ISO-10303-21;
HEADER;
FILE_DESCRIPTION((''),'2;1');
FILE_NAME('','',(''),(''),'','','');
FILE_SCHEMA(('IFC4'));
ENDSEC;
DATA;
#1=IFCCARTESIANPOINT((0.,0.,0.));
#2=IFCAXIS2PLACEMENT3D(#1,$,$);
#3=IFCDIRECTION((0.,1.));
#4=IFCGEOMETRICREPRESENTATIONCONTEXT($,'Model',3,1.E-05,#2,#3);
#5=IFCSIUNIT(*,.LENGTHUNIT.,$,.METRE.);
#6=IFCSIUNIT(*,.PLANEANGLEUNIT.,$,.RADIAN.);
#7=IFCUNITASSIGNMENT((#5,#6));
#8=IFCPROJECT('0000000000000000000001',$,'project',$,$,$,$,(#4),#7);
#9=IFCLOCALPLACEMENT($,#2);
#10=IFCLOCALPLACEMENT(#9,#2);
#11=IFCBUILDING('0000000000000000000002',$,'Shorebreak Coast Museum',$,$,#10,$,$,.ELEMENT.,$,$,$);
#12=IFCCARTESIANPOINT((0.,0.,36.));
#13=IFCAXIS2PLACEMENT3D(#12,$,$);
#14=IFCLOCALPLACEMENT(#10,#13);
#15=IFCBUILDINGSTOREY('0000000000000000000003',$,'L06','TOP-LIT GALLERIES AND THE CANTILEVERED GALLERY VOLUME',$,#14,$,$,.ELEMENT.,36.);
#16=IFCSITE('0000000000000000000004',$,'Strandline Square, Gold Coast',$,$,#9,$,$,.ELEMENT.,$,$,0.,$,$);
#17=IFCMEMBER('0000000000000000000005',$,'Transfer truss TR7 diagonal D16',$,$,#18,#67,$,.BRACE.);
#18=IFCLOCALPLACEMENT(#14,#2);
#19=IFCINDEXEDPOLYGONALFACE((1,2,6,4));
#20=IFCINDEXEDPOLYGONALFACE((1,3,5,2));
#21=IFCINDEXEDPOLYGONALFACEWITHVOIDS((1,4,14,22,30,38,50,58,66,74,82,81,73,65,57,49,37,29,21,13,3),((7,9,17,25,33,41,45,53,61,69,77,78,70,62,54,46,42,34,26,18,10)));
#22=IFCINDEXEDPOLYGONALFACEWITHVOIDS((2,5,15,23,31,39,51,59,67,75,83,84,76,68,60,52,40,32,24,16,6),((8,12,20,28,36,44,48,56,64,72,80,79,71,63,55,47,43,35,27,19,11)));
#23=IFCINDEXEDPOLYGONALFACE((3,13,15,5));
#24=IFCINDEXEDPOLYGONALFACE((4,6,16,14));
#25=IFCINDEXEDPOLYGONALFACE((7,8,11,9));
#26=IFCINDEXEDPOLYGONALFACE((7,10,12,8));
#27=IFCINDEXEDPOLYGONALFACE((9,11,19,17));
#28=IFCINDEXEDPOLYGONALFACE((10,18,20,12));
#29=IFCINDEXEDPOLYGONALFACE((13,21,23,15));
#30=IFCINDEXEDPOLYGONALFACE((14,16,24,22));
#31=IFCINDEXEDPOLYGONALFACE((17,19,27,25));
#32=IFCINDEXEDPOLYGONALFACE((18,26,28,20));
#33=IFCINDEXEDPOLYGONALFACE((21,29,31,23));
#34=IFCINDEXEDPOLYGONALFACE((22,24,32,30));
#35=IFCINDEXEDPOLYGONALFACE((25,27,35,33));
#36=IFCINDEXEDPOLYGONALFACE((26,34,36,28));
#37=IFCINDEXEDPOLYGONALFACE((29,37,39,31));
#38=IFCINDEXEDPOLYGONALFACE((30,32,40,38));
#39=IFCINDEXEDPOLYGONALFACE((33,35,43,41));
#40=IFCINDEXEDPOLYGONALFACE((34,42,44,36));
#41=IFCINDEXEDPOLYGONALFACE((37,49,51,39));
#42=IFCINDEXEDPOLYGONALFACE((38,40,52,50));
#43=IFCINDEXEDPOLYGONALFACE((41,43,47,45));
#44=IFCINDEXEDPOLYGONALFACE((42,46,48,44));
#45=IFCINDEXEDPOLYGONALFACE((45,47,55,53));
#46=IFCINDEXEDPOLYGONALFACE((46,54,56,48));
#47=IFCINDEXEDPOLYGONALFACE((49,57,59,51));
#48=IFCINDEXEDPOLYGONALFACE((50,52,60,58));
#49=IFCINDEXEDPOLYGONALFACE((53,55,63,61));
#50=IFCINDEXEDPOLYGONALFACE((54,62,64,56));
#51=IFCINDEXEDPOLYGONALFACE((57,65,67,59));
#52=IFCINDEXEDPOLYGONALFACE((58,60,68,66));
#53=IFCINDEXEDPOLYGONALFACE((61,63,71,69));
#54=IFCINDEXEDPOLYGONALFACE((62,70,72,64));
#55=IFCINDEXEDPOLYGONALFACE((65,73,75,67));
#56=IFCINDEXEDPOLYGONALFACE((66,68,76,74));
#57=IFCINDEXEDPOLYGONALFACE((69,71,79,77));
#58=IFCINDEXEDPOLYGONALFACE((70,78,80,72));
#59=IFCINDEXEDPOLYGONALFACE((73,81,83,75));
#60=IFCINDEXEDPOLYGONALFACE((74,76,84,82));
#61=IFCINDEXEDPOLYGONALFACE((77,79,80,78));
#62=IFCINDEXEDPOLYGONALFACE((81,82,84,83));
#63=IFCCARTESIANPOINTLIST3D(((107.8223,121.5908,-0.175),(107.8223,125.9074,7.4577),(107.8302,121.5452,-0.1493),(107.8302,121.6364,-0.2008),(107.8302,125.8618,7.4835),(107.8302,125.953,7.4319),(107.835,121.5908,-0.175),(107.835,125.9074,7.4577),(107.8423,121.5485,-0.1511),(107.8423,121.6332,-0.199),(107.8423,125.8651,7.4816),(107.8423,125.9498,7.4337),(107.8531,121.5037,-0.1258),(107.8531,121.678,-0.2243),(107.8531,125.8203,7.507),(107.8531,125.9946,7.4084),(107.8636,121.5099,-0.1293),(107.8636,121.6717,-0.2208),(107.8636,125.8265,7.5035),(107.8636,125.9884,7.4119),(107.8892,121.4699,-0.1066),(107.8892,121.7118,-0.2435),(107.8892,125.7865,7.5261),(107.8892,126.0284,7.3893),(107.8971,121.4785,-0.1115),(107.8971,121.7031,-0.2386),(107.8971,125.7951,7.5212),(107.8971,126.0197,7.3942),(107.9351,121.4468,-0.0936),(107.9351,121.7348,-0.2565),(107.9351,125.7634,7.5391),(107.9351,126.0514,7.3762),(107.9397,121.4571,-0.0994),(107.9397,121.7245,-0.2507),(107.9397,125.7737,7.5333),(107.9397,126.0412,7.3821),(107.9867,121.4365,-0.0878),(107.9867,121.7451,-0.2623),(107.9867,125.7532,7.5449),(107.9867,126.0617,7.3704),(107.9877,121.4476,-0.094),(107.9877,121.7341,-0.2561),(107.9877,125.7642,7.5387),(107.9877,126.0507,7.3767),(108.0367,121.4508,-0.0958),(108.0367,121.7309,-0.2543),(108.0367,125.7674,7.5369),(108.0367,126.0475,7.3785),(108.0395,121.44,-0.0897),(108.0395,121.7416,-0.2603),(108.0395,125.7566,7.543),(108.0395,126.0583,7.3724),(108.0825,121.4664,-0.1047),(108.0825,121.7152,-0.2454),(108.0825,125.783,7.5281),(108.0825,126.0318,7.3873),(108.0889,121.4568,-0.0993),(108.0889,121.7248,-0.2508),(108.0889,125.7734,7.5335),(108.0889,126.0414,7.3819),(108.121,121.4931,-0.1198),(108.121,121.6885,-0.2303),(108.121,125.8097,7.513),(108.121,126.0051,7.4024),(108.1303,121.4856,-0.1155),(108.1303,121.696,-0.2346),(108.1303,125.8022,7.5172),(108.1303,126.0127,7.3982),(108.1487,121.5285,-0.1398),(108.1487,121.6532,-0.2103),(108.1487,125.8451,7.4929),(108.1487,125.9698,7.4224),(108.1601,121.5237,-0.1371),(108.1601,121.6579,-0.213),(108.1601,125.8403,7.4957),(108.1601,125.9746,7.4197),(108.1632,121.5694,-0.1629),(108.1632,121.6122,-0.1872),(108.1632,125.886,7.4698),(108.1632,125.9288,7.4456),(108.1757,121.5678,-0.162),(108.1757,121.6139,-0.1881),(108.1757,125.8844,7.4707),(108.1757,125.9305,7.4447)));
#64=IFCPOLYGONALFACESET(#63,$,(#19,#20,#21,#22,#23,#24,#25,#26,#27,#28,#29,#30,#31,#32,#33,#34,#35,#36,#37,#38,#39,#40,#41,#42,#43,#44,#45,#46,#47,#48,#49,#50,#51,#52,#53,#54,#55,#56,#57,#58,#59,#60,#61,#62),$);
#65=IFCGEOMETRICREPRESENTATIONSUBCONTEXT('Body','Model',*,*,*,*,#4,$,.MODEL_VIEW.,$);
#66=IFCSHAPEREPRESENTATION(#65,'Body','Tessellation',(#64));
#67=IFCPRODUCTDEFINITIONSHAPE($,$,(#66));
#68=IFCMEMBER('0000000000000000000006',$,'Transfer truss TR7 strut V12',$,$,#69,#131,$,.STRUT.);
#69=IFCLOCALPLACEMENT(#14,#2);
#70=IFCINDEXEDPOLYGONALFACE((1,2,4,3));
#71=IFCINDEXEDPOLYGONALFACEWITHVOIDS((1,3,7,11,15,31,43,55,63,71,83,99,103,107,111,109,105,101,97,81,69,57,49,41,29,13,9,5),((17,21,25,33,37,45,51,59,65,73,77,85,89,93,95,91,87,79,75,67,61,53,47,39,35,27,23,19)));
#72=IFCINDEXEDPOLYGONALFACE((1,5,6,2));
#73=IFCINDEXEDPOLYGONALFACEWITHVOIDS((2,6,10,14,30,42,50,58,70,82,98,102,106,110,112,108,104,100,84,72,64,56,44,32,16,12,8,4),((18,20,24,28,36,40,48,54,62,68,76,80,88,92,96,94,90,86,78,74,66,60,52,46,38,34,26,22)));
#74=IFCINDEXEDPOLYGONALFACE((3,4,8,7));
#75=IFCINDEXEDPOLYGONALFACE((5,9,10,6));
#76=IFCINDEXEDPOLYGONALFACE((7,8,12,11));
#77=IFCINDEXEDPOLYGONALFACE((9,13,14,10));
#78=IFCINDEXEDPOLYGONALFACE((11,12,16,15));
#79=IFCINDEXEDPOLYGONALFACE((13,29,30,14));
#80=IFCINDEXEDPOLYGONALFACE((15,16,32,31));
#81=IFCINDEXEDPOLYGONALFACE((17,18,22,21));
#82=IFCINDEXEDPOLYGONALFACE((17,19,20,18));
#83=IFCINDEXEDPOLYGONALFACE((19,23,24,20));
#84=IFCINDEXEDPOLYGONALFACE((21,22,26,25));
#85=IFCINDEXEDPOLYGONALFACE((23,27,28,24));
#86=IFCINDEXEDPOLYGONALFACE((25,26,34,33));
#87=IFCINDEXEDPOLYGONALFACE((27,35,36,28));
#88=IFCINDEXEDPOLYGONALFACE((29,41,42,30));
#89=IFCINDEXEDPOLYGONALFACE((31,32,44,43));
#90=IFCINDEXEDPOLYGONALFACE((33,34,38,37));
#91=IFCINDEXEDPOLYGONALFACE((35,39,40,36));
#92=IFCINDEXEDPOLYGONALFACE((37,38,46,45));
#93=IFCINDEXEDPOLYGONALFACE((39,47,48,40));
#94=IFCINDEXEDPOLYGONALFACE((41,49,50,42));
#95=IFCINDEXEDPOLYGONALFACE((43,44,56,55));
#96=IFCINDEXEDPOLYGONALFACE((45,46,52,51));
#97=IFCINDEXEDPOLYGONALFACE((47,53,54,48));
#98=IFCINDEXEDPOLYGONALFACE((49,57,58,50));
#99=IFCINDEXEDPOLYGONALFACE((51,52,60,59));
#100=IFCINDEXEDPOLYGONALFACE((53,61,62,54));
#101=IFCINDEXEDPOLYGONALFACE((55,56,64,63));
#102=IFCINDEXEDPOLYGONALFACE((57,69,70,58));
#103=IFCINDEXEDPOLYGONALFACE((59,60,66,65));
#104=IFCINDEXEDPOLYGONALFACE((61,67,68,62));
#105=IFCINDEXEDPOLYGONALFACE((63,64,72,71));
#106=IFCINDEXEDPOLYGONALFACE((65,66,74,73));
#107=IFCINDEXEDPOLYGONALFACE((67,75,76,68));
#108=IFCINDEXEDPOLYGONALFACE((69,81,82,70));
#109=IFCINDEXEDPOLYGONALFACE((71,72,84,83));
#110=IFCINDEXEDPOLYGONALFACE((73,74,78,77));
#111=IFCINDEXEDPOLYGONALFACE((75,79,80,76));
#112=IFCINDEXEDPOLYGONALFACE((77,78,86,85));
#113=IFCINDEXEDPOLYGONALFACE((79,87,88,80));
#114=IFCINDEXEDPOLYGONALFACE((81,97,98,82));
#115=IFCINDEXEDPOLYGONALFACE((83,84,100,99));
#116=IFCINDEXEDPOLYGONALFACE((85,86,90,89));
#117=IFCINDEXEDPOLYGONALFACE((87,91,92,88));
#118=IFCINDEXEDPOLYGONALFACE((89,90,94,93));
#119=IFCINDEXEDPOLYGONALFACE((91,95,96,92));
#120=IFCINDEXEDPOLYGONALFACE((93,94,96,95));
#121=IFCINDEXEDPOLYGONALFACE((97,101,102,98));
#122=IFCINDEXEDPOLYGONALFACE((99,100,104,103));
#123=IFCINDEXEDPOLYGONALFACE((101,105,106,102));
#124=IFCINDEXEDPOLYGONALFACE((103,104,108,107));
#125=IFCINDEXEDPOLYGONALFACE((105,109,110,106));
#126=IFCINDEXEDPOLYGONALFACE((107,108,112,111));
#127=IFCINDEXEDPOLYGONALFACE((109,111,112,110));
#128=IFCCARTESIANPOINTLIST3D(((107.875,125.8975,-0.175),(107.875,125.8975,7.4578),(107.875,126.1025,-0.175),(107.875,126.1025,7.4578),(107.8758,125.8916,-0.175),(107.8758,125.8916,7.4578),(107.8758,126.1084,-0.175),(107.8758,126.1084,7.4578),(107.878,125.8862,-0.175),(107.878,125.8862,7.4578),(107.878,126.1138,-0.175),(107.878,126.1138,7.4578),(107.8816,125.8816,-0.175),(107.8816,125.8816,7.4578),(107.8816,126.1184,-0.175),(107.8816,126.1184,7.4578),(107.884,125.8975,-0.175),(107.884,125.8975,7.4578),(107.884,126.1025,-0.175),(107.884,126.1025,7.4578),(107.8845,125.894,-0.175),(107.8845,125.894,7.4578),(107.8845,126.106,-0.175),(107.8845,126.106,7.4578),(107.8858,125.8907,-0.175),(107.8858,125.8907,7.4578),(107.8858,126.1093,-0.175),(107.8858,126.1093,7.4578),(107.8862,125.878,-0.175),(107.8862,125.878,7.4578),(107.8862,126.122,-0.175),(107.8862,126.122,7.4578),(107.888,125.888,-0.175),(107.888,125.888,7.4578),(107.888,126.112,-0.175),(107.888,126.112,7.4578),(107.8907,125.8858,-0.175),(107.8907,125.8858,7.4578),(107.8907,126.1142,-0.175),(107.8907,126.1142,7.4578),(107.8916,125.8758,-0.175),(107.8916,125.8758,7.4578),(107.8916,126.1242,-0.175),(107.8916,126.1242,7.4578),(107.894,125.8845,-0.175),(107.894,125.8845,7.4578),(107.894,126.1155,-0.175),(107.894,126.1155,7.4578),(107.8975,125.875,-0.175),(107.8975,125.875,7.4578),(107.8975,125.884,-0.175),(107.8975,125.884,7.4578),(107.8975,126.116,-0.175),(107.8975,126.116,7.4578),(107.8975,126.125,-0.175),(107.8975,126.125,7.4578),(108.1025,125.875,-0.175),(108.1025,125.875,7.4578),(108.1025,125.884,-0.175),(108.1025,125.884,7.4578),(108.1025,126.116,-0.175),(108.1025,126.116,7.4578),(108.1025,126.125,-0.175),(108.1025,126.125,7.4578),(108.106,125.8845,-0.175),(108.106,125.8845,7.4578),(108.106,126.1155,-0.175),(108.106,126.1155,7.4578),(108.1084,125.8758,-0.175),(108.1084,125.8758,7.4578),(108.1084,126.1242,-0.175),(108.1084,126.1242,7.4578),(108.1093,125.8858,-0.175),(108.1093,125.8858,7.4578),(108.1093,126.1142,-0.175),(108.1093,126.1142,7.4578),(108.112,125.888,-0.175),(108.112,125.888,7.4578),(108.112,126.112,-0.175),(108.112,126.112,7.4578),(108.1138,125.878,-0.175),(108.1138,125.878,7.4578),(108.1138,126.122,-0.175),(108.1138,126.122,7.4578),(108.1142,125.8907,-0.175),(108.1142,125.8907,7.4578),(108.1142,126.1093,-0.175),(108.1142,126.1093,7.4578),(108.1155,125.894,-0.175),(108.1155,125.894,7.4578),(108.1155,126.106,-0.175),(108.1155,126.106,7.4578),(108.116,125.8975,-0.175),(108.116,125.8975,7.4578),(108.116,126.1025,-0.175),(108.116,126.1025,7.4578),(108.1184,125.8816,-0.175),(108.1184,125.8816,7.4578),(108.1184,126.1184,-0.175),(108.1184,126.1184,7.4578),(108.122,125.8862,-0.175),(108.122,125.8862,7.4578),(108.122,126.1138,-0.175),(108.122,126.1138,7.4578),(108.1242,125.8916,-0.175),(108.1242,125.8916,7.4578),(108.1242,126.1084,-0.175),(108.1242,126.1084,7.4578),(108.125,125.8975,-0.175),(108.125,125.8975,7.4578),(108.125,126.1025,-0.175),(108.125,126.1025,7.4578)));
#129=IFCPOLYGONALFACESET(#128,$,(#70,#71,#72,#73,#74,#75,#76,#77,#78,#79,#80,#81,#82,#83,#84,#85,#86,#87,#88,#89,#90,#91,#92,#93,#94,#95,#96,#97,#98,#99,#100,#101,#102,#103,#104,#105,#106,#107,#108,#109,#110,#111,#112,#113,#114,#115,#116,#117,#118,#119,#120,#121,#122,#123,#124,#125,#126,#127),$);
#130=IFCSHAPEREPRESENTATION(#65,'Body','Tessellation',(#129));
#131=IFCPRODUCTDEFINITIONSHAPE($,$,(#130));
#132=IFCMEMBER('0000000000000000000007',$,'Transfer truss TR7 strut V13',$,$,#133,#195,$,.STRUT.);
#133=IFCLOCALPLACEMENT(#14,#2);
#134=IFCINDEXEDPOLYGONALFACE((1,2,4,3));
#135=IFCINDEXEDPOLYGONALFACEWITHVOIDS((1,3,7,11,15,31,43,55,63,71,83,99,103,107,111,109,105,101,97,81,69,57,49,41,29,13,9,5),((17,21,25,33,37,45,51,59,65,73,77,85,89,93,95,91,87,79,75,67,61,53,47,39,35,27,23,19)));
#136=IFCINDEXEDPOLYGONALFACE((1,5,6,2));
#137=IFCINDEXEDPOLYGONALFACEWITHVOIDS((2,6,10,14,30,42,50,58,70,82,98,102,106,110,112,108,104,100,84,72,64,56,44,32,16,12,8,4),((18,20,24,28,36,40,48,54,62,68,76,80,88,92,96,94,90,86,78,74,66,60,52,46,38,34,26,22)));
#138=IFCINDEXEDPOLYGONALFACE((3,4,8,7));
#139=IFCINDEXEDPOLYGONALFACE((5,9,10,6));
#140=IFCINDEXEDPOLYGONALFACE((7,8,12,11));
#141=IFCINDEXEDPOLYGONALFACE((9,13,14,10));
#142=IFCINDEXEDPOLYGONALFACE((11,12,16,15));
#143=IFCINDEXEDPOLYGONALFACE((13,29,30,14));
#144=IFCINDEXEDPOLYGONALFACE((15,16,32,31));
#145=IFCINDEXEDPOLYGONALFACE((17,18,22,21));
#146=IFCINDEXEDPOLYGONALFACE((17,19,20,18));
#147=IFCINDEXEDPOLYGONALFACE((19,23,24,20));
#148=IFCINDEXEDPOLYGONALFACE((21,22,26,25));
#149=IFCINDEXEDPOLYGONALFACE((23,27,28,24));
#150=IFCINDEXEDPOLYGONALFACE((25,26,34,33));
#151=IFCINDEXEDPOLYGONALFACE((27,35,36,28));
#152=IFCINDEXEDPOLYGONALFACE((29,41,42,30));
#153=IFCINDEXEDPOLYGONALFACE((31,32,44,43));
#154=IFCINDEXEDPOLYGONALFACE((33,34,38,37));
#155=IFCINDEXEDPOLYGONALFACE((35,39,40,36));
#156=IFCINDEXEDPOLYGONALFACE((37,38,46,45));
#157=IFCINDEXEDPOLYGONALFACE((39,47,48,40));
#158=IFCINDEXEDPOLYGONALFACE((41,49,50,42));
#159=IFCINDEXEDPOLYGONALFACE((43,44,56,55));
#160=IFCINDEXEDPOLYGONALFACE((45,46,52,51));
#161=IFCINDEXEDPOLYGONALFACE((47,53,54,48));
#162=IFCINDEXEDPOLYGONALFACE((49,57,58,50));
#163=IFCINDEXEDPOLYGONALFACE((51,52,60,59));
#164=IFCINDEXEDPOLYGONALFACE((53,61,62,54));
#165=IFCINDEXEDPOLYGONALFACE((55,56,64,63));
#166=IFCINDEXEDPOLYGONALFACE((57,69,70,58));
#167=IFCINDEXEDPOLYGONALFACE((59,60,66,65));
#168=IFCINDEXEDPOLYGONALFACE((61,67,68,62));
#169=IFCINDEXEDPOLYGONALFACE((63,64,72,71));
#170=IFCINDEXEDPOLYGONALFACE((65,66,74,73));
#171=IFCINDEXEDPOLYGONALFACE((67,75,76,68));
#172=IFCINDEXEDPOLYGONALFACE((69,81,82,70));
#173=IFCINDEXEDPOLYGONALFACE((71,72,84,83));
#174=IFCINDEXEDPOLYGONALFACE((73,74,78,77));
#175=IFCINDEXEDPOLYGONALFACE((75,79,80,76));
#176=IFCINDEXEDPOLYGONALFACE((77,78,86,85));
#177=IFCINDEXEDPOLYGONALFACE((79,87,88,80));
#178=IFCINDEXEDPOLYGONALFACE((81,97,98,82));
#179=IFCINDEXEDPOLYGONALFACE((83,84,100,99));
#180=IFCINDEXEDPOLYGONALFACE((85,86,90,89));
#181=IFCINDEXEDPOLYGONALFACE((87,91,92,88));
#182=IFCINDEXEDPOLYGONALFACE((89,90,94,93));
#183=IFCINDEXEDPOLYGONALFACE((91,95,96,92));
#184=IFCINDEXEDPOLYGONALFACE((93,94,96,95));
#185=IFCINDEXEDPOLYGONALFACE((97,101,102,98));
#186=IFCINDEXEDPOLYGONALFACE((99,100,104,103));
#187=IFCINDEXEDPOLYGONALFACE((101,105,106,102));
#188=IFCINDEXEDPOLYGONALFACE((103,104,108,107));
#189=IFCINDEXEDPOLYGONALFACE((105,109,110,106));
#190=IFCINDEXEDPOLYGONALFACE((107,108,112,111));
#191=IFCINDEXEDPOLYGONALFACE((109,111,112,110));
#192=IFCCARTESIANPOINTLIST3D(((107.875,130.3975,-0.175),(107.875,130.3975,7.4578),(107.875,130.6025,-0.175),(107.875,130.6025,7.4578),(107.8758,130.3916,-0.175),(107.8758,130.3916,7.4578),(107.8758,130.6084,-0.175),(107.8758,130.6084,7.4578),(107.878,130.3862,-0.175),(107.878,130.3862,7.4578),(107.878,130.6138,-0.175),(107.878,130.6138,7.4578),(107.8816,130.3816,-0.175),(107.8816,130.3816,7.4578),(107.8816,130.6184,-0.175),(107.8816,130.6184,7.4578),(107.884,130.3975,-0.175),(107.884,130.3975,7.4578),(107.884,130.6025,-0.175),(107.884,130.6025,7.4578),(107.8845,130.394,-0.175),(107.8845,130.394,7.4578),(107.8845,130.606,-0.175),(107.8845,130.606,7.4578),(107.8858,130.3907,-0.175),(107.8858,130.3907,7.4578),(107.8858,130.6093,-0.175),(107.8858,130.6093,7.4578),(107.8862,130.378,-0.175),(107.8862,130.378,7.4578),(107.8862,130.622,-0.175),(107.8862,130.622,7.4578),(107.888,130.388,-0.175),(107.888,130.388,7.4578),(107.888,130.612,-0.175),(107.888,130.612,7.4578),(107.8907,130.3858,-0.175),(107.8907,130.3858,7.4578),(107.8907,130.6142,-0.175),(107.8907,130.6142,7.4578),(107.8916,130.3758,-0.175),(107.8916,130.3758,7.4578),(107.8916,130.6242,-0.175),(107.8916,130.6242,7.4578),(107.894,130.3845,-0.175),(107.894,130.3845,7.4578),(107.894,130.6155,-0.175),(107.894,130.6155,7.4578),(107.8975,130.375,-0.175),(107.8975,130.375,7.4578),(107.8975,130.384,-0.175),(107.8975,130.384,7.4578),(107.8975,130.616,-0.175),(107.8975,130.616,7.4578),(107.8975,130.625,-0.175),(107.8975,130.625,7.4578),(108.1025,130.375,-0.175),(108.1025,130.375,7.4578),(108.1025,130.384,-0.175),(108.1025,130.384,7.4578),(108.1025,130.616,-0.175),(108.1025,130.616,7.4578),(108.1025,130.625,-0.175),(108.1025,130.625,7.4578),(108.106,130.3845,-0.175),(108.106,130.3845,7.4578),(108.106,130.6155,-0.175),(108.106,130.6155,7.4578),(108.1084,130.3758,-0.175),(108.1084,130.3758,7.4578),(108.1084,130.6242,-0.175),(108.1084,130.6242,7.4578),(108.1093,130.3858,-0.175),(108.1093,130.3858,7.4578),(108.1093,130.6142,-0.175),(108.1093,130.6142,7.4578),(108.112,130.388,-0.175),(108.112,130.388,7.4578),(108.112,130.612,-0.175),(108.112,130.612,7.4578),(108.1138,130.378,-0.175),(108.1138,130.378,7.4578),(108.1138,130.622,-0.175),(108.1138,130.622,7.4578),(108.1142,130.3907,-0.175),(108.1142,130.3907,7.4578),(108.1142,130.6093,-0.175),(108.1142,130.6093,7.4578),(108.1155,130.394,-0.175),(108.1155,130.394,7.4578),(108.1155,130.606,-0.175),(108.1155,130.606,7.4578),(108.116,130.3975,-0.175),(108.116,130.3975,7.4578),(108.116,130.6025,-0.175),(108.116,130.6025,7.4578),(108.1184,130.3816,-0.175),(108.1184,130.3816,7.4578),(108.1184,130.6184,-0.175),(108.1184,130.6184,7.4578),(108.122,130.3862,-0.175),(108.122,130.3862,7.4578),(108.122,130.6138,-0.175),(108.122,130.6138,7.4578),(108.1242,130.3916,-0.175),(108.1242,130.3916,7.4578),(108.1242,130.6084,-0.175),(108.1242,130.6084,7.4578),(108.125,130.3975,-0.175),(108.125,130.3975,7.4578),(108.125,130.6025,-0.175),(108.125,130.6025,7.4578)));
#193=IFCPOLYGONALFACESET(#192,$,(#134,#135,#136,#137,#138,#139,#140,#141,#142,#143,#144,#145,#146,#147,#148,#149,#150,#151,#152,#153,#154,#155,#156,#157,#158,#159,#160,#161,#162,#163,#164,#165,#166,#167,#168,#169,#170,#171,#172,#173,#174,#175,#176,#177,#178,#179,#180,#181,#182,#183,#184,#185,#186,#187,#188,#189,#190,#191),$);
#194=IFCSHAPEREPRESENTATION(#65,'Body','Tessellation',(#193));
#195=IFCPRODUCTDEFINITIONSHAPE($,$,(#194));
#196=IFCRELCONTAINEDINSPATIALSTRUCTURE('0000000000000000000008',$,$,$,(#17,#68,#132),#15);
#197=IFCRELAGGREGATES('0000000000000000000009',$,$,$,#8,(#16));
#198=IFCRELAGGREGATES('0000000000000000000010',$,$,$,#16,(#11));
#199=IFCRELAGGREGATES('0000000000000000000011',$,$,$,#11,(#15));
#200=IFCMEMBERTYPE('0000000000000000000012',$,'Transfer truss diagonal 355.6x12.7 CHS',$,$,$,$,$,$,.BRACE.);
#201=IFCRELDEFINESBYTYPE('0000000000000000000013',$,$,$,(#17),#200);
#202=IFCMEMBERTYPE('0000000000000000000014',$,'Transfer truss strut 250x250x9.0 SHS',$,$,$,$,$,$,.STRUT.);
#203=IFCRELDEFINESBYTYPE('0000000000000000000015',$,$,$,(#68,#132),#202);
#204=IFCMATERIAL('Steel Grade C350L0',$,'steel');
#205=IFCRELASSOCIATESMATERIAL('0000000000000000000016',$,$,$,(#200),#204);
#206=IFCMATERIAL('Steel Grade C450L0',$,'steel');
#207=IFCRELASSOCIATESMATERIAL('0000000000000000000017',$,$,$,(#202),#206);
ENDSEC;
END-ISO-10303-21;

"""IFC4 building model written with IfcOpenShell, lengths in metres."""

from ifc_helpers import new_model, si_unit, direction, frame, origin, origin_2d, place, context, subcontext, project, spatial, hollow_rectangle, hollow_circle, extrude, material, material_profile, profile_set, type_object, element, save


model = new_model("IFC4")

# Units and contexts
model_context = context("Model", 3, precision=1e-05, world=origin(), true_north=direction((0.0, 1.0)))
body_context = subcontext(model_context, "Body", "Model", "MODEL_VIEW")
ifc_project = project(units=[si_unit("LENGTHUNIT", "METRE"), si_unit("PLANEANGLEUNIT", "RADIAN")], contexts=[model_context])

# Site, building, storey
site_placement = place(None, origin())
site = spatial("IfcSite", under=ifc_project, at=site_placement, Name="Strandline Square, Gold Coast", CompositionType="ELEMENT", RefElevation=0.0)
building_placement = place(site_placement, origin())
building = spatial("IfcBuilding", under=site, at=building_placement, Name="Shorebreak Coast Museum", CompositionType="ELEMENT")
storey_placement = place(building_placement, frame((0.0, 0.0, 36.0)))
storey = spatial("IfcBuildingStorey", under=building, at=storey_placement, Name="L06", Description="TOP-LIT GALLERIES AND THE CANTILEVERED GALLERY VOLUME", CompositionType="ELEMENT", Elevation=36.0)

# Members
ifc_material_1 = material(Name="Steel Grade C350L0", Category="steel")
ifc_material_profile_1 = material_profile(ifc_material_1, hollow_circle(Radius=0.1777, WallThickness=0.0127, at=origin_2d()), Name="355.6x12.7 CHS")
ifc_profile_set_1 = profile_set([ifc_material_profile_1], Name="Steel Grade C350L0")
member_type_1 = type_object("IfcMemberType", Name="Transfer truss diagonal 355.6x12.7 CHS", PredefinedType="BRACE", material=ifc_profile_set_1)
member_1_placement = place(storey_placement, frame((108.0, 121.5908, -0.175), z_axis=(0.0, 0.492269, 0.870443), x_axis=(-1.0, 0.0, 0.0)))
element("IfcMember", 1, at=member_1_placement, inside=storey, type_object=member_type_1, Name="Transfer truss TR7 diagonal D16", PredefinedType="BRACE", context=body_context, shape_type="SweptSolid", body=[
    extrude(hollow_circle(Radius=0.1777, WallThickness=0.0127, at=origin_2d()), origin(), (0.0, 0.0, 1.0), 8.7688),
])
ifc_material_2 = material(Name="Steel Grade C450L0", Category="steel")
ifc_material_profile_2 = material_profile(ifc_material_2, hollow_rectangle(XDim=0.25, YDim=0.25, WallThickness=0.009, InnerFilletRadius=0.0134, OuterFilletRadius=0.0225, at=origin_2d()), Name="250x250x9.0 SHS")
ifc_profile_set_2 = profile_set([ifc_material_profile_2], Name="Steel Grade C450L0")
member_type_2 = type_object("IfcMemberType", Name="Transfer truss strut 250x250x9.0 SHS", PredefinedType="STRUT", material=ifc_profile_set_2)
for number, where, z_axis, x_axis, name in (
    (2, (108.0, 126.0, -0.175), (0.0, 0.0, 1.0), (1.0, 0.0, 0.0), "Transfer truss TR7 strut V12"),
    (3, (108.0, 130.5, -0.175), (0.0, 0.0, 1.0), (1.0, 0.0, 0.0), "Transfer truss TR7 strut V13"),
):
    element("IfcMember", number, at=place(storey_placement, frame(where, z_axis=z_axis, x_axis=x_axis)), inside=storey, type_object=member_type_2, Name=name, PredefinedType="STRUT", context=body_context, shape_type="SweptSolid", body=[
        extrude(hollow_rectangle(XDim=0.25, YDim=0.25, WallThickness=0.009, InnerFilletRadius=0.0134, OuterFilletRadius=0.0225, at=origin_2d()), origin(), (0.0, 0.0, 1.0), 7.6328),
    ])

save(model, "model.ifc")
